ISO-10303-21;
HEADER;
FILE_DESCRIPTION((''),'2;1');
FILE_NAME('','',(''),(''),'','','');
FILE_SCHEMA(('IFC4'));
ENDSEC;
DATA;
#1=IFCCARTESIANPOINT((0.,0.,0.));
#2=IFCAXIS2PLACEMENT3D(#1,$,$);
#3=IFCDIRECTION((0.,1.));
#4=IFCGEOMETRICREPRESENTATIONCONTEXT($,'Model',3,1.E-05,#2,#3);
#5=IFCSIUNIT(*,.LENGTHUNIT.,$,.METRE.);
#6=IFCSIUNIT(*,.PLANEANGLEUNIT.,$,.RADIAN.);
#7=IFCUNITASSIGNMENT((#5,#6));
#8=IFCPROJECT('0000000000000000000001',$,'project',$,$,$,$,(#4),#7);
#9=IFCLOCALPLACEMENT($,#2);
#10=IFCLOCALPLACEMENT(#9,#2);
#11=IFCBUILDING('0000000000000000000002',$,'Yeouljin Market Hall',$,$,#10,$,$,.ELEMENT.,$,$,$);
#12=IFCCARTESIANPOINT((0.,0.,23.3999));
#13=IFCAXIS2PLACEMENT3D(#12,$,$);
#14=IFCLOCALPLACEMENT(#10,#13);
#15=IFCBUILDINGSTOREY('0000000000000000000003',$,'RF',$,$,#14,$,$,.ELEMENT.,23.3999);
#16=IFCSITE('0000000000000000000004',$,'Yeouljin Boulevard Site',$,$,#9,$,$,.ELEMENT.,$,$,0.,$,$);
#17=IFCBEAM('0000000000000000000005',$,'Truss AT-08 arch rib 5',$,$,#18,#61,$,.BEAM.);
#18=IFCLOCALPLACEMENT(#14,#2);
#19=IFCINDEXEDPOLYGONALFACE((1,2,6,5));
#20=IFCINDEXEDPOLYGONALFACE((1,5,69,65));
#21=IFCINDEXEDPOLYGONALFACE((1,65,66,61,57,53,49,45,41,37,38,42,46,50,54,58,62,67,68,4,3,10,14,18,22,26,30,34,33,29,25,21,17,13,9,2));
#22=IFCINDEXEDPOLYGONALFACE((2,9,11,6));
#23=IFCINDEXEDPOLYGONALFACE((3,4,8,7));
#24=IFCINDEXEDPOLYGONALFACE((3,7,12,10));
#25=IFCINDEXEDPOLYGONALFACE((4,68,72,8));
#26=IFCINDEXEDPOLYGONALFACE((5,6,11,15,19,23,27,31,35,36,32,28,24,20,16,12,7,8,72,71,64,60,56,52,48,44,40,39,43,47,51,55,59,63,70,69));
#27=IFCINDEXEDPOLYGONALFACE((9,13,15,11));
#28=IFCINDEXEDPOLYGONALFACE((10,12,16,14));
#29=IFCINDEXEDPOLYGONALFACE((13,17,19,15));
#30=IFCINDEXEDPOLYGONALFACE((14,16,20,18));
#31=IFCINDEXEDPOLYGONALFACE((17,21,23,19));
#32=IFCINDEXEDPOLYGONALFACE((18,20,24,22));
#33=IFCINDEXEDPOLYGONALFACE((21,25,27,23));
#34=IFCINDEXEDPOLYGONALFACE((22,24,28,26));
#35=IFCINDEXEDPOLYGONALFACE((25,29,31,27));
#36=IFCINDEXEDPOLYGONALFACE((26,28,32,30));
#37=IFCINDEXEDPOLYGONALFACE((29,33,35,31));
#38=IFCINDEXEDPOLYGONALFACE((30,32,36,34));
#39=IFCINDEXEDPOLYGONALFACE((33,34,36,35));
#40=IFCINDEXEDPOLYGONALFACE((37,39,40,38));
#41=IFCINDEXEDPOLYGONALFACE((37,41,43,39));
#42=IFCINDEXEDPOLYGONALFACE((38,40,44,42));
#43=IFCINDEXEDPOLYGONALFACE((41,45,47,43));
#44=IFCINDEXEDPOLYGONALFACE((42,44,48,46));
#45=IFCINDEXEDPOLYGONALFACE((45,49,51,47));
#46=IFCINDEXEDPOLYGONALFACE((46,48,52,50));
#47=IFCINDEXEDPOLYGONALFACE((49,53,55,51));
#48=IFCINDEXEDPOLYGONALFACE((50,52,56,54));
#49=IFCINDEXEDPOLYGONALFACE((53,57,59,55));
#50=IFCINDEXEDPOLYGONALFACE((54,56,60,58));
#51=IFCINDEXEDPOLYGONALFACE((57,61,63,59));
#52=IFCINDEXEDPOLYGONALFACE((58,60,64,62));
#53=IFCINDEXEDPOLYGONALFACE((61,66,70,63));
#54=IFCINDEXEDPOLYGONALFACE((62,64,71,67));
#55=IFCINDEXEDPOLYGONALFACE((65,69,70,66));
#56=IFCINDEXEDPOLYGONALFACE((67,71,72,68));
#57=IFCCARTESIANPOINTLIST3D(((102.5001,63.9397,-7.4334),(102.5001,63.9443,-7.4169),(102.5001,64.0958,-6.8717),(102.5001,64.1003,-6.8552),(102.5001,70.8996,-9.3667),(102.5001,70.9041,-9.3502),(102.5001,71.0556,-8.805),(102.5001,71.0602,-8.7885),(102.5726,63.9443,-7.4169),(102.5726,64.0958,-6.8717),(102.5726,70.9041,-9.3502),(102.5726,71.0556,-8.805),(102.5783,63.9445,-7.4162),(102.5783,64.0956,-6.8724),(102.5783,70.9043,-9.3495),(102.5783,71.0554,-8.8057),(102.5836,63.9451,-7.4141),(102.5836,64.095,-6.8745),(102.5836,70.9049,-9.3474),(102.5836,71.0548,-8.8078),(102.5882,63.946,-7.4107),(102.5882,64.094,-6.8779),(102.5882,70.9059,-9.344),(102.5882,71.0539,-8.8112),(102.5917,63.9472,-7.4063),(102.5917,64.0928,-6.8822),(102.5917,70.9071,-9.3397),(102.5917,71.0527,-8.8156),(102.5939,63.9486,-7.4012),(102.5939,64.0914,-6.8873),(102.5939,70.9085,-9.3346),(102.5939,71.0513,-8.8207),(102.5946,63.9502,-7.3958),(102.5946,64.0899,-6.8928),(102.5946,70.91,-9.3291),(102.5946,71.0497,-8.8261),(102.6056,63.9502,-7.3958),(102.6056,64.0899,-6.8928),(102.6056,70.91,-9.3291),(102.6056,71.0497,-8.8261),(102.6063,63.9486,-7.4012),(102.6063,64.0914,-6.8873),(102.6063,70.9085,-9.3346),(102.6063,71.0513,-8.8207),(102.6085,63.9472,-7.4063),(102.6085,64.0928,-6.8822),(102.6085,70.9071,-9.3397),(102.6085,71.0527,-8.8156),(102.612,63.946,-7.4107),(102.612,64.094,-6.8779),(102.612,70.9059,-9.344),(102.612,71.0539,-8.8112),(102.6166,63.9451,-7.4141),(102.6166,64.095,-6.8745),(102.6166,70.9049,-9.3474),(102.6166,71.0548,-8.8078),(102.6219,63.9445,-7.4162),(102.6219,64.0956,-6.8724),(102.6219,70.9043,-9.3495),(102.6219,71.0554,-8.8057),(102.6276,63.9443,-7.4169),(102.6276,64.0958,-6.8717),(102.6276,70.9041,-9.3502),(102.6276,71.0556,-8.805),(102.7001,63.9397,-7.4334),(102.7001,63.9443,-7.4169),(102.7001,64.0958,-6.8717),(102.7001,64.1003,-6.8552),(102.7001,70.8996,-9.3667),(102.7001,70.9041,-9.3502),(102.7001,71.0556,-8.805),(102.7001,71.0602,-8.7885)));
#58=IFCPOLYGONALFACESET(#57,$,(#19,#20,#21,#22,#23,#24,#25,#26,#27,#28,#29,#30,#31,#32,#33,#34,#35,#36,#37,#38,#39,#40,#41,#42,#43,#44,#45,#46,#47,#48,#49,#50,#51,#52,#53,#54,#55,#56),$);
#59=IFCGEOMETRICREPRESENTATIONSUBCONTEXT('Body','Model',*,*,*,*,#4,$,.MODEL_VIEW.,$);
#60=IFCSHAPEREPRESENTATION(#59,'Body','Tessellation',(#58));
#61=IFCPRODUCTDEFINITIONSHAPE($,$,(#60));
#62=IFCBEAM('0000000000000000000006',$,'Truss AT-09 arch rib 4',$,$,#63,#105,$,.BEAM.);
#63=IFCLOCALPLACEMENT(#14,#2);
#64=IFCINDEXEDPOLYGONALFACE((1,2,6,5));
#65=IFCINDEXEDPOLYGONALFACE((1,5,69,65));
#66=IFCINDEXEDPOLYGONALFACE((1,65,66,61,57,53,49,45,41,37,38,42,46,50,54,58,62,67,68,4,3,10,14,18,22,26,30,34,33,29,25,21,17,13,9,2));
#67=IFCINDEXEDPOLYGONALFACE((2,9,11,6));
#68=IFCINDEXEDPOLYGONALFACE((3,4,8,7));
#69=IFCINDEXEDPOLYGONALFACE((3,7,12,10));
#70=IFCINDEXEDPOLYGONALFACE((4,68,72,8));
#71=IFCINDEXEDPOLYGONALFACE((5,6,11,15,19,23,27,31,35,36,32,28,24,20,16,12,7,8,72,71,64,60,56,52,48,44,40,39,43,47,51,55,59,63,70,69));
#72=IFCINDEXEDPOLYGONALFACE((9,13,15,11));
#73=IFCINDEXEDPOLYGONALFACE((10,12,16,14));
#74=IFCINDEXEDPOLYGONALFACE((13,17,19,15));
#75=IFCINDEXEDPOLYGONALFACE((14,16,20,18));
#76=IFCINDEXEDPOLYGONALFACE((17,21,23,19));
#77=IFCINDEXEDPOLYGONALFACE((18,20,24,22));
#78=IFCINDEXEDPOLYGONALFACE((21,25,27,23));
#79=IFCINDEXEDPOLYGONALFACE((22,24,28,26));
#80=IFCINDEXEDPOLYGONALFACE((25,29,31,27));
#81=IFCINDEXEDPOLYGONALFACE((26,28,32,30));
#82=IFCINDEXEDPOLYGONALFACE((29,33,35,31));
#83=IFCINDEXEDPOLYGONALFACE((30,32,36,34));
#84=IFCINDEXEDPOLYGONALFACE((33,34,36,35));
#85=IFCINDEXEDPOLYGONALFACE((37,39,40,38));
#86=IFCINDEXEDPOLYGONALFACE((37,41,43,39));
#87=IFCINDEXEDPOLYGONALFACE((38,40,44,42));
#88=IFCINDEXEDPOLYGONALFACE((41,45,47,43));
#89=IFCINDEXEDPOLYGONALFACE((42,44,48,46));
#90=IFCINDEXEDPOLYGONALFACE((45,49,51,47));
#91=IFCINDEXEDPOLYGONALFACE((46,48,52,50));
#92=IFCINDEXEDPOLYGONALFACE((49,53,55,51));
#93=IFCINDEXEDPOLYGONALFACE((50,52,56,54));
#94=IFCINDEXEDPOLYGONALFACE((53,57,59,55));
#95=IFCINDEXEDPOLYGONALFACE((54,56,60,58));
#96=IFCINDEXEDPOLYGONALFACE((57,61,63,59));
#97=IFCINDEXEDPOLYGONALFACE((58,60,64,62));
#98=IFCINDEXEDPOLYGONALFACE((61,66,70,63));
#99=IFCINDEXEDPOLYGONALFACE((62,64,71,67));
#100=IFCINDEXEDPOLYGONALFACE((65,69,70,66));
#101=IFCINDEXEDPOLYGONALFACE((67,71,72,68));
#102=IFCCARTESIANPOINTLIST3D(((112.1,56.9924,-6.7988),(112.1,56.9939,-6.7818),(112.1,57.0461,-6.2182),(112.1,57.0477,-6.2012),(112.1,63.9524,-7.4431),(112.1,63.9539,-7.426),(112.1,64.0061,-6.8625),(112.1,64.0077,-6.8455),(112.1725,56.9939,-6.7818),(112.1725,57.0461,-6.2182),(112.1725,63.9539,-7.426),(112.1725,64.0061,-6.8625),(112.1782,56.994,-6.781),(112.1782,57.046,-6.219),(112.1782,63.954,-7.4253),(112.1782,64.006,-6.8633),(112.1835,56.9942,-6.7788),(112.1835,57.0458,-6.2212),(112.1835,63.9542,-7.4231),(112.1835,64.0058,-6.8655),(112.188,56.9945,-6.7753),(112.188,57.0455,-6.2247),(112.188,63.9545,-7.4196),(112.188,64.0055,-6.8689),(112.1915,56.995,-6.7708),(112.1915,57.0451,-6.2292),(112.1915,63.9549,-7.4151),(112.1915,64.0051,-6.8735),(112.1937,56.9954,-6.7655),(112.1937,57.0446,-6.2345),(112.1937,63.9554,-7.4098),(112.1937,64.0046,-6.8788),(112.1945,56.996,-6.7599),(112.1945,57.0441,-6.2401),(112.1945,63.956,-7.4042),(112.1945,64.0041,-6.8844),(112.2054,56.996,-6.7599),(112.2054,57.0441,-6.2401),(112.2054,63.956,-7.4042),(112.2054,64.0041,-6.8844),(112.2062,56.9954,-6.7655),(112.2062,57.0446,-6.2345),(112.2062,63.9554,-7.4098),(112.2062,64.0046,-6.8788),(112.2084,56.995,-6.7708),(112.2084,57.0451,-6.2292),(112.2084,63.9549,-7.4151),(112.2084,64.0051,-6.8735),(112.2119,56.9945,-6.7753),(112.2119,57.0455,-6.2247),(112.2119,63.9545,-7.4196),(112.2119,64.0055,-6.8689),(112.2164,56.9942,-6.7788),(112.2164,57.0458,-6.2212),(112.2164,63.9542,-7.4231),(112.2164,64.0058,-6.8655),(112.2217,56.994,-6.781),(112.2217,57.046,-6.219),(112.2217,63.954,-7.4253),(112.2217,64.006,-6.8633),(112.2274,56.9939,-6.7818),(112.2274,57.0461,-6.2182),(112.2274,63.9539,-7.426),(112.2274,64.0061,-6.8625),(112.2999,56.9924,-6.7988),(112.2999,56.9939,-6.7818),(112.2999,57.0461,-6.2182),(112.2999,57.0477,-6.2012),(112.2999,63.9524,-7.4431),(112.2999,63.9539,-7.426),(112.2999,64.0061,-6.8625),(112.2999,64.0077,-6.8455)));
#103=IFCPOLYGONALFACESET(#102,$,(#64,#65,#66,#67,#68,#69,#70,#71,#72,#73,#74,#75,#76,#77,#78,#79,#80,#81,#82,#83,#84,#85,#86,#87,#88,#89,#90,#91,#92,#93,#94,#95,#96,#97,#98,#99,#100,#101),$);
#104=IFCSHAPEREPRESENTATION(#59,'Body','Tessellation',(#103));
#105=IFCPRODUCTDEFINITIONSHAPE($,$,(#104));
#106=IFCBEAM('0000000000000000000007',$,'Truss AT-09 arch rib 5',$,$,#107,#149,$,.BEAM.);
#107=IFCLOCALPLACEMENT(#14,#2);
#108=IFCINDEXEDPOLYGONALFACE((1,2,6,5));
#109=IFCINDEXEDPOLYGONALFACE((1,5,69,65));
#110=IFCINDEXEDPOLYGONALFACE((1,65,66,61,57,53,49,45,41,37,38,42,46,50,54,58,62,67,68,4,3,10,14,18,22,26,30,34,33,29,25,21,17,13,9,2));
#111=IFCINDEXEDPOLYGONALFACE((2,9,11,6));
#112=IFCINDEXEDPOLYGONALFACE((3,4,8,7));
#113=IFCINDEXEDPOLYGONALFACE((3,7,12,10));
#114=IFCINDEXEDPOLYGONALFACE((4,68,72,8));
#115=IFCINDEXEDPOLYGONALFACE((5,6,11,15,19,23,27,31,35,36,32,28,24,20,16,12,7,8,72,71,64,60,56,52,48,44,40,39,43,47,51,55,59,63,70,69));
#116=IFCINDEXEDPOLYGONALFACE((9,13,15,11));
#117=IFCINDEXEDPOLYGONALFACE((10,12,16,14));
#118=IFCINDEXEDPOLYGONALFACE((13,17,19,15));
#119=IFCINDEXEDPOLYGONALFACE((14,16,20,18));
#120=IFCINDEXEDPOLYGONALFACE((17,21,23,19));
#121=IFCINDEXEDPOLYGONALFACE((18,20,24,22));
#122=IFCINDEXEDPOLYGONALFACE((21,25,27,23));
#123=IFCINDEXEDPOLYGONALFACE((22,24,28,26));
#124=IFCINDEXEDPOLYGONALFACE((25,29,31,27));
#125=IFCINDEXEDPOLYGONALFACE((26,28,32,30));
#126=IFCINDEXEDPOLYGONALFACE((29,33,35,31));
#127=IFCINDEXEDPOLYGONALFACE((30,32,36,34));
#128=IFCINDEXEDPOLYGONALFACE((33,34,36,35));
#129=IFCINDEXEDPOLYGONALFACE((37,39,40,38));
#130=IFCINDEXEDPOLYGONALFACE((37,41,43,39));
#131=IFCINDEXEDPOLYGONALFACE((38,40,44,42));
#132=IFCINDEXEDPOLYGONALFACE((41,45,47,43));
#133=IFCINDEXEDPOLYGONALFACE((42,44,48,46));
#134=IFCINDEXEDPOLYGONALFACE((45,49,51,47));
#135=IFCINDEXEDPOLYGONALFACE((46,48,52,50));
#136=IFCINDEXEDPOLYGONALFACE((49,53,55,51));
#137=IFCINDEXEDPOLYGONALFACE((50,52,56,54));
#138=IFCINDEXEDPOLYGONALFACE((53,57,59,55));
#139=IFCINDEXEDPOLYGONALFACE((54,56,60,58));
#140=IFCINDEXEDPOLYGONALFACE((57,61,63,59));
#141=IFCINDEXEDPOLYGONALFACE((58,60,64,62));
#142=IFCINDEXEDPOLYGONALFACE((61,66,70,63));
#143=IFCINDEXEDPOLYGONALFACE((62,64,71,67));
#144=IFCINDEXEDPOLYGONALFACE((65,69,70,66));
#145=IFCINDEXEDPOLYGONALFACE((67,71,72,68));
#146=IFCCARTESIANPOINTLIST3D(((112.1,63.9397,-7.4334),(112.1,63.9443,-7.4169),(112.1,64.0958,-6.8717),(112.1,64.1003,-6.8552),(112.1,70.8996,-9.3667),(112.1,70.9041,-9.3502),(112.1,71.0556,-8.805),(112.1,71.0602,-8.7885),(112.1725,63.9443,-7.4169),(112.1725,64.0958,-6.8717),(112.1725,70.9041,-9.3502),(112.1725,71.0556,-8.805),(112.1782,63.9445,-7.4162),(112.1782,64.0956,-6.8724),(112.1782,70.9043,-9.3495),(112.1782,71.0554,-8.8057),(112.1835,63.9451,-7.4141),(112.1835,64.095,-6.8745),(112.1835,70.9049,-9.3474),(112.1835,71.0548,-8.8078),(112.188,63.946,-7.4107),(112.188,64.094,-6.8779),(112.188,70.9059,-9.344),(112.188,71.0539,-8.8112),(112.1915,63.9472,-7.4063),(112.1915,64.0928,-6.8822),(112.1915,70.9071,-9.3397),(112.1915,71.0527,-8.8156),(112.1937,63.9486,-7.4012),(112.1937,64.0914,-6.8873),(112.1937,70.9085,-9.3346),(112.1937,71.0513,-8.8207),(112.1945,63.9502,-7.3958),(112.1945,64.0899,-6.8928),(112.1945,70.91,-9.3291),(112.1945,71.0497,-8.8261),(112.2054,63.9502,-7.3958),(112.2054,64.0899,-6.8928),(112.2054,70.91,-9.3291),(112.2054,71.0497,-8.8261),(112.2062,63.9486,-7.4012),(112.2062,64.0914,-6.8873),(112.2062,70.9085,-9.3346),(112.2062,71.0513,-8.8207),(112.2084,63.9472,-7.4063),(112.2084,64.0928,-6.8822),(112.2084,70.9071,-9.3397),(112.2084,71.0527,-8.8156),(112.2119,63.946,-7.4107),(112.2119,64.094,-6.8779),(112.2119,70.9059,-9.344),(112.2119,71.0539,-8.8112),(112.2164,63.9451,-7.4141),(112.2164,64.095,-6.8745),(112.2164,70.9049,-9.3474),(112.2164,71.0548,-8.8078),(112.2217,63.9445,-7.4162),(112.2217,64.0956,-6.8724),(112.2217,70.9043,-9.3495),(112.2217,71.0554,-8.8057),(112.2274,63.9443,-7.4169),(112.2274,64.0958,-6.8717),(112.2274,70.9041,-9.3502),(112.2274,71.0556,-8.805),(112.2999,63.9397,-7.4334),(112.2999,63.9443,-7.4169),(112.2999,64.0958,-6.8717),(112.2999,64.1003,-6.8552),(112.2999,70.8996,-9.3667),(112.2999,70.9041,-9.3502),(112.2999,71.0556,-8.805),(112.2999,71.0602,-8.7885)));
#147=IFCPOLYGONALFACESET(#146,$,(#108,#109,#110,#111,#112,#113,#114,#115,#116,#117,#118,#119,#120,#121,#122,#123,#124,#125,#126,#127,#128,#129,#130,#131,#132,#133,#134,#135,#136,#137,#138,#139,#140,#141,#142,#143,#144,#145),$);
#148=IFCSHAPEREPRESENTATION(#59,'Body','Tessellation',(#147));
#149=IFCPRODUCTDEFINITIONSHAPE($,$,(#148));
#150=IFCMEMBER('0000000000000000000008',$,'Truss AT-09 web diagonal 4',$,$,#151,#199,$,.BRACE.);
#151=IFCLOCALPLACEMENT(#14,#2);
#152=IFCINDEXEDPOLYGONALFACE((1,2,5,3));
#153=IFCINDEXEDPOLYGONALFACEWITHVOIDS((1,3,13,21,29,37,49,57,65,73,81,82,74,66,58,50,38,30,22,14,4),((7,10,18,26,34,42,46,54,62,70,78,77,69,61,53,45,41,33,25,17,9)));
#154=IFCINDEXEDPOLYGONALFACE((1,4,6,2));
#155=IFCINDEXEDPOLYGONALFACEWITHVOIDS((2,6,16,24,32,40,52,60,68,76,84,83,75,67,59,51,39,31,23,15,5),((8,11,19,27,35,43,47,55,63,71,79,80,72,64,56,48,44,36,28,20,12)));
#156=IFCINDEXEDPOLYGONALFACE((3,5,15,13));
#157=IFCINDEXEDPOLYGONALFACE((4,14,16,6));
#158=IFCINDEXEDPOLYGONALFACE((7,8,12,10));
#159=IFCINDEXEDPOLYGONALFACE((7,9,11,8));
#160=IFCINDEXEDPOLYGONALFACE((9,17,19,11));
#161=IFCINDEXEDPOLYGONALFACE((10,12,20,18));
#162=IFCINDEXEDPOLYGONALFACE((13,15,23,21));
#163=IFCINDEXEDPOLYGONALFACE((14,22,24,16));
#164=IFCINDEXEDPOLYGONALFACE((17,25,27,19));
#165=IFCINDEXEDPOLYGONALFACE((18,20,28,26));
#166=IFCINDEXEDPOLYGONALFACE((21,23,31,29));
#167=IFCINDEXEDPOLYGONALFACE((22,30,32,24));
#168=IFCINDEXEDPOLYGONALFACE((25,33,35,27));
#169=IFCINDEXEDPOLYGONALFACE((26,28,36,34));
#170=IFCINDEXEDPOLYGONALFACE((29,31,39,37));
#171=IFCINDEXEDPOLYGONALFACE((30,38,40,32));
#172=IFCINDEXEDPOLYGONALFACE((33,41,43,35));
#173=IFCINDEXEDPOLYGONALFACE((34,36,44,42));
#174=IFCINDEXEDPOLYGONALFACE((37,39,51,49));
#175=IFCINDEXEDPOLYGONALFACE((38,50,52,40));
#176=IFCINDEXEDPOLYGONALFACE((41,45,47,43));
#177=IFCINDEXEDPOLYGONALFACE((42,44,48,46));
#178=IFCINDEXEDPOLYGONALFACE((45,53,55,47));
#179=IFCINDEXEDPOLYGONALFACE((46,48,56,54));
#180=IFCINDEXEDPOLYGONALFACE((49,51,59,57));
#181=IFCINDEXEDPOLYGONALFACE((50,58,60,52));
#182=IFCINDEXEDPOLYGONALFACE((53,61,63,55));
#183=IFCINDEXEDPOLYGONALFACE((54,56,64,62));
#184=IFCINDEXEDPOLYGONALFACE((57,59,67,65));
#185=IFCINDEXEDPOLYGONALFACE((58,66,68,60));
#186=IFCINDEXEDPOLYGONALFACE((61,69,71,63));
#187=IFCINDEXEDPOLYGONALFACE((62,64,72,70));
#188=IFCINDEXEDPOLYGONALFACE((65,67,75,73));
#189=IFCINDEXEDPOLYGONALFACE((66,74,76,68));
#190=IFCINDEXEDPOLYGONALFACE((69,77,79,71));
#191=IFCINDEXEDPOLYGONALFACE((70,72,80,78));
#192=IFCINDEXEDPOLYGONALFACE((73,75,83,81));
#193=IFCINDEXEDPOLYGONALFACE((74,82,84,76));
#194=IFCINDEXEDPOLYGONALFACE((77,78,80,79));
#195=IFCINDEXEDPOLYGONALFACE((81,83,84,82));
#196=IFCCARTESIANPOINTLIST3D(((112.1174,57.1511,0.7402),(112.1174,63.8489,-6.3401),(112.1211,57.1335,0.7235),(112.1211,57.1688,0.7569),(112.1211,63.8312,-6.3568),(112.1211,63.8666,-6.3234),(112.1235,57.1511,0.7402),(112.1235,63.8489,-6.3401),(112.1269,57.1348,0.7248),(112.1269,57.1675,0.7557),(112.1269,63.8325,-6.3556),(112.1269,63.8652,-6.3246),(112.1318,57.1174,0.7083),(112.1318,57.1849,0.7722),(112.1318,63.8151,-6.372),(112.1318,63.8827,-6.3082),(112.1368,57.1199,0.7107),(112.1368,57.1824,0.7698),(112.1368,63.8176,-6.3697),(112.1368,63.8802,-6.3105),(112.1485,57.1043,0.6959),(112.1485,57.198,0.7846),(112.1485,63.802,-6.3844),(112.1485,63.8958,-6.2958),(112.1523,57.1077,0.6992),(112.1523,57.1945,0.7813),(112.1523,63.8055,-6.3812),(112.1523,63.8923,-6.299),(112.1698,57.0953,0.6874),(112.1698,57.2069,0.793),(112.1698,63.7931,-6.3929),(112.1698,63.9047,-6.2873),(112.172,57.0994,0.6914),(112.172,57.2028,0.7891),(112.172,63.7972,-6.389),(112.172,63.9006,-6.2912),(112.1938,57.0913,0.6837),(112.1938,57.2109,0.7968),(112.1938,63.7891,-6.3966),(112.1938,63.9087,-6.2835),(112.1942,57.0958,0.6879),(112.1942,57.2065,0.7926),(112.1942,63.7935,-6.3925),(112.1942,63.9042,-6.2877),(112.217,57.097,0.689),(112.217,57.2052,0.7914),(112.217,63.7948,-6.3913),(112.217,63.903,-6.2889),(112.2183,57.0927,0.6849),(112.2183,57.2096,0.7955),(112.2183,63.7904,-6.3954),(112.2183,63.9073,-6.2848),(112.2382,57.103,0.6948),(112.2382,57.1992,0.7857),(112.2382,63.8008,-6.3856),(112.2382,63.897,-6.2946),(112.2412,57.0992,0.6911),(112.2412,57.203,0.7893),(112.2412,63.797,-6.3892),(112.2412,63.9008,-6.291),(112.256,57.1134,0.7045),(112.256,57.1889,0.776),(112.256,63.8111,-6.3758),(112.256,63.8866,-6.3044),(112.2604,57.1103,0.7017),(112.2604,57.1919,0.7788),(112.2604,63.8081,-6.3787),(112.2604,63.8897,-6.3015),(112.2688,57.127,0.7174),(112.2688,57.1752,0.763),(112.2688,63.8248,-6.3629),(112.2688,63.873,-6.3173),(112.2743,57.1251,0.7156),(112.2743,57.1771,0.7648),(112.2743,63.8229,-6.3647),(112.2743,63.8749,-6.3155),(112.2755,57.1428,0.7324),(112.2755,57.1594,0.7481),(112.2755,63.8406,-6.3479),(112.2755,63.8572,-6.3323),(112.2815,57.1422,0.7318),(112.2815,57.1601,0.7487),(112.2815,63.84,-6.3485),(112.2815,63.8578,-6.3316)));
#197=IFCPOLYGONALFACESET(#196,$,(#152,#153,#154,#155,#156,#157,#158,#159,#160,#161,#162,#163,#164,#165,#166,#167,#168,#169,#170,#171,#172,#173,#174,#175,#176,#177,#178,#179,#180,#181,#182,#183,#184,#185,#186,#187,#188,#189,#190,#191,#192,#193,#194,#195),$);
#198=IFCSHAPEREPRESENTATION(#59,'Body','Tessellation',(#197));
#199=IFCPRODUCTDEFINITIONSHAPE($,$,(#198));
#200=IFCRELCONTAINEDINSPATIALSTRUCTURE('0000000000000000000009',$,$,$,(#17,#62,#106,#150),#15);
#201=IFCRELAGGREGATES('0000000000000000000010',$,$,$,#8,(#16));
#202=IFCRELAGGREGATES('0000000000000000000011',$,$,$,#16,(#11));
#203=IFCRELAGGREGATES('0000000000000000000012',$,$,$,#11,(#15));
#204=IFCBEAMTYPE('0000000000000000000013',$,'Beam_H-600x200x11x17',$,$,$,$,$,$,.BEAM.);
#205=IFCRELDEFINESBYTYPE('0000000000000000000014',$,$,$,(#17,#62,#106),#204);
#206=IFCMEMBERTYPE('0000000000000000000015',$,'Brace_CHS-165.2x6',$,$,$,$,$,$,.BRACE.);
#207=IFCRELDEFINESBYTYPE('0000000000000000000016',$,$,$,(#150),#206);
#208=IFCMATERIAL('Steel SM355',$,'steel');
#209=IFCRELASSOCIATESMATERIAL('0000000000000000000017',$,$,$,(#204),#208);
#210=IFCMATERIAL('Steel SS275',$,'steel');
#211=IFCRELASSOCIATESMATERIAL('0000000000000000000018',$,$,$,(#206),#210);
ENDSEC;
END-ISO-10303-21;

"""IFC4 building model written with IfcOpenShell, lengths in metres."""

from ifc_helpers import new_model, si_unit, direction, frame, origin, origin_2d, place, context, subcontext, project, spatial, hollow_circle, i_section, extrude, material, material_profile, profile_set, type_object, element, save


model = new_model("IFC4")

# Units and contexts
model_context = context("Model", 3, precision=1e-05, world=origin(), true_north=direction((0.0, 1.0)))
body_context = subcontext(model_context, "Body", "Model", "MODEL_VIEW")
ifc_project = project(units=[si_unit("LENGTHUNIT", "METRE"), si_unit("PLANEANGLEUNIT", "RADIAN")], contexts=[model_context])

# Site, building, storey
site_placement = place(None, origin())
site = spatial("IfcSite", under=ifc_project, at=site_placement, Name="Yeouljin Boulevard Site", CompositionType="ELEMENT", RefElevation=0.0)
building_placement = place(site_placement, origin())
building = spatial("IfcBuilding", under=site, at=building_placement, Name="Yeouljin Market Hall", CompositionType="ELEMENT")
storey_placement = place(building_placement, frame((0.0, 0.0, 23.3999)))
storey = spatial("IfcBuildingStorey", under=building, at=storey_placement, Name="RF", CompositionType="ELEMENT", Elevation=23.3999)

# Beams
ifc_material_1 = material(Name="Steel SM355", Category="steel")
ifc_material_profile_1 = material_profile(ifc_material_1, i_section(OverallWidth=0.2, OverallDepth=0.6001, WebThickness=0.011, FlangeThickness=0.0171, FilletRadius=0.022, at=origin_2d()), Name="H-600x200x11x17")
ifc_profile_set_1 = profile_set([ifc_material_profile_1], Name="Steel SM355")
beam_type = type_object("IfcBeamType", Name="Beam_H-600x200x11x17", PredefinedType="BEAM", material=ifc_profile_set_1)
beam_1_placement = place(storey_placement, frame((102.6001, 64.02, -7.1443), z_axis=(0.0, 0.963517, -0.267647), x_axis=(-1.0, 0.0, 0.0)))
element("IfcBeam", 1, at=beam_1_placement, inside=storey, type_object=beam_type, Name="Truss AT-08 arch rib 5", PredefinedType="BEAM", context=body_context, shape_type="SweptSolid", body=[
    extrude(i_section(OverallWidth=0.2, OverallDepth=0.6001, WebThickness=0.011, FlangeThickness=0.0171, FilletRadius=0.022, at=origin_2d()), origin(), (0.0, 0.0, 1.0), 7.2234),
])
beam_2_placement = place(storey_placement, frame((112.2, 57.02, -6.5), z_axis=(0.0, 0.995743, -0.092176), x_axis=(-1.0, 0.0, 0.0)))
element("IfcBeam", 2, at=beam_2_placement, inside=storey, type_object=beam_type, Name="Truss AT-09 arch rib 4", PredefinedType="BEAM", context=body_context, shape_type="SweptSolid", body=[
    extrude(i_section(OverallWidth=0.2, OverallDepth=0.6001, WebThickness=0.011, FlangeThickness=0.0171, FilletRadius=0.022, at=origin_2d()), origin(), (0.0, 0.0, 1.0), 6.9897),
])
beam_3_placement = place(storey_placement, frame((112.2, 64.02, -7.1443), z_axis=(0.0, 0.963517, -0.267647), x_axis=(-1.0, 0.0, 0.0)))
element("IfcBeam", 3, at=beam_3_placement, inside=storey, type_object=beam_type, Name="Truss AT-09 arch rib 5", PredefinedType="BEAM", context=body_context, shape_type="SweptSolid", body=[
    extrude(i_section(OverallWidth=0.2, OverallDepth=0.6001, WebThickness=0.011, FlangeThickness=0.0171, FilletRadius=0.022, at=origin_2d()), origin(), (0.0, 0.0, 1.0), 7.2234),
])

# Member
ifc_material_2 = material(Name="Steel SS275", Category="steel")
ifc_material_profile_2 = material_profile(ifc_material_2, hollow_circle(Radius=0.0825, WallThickness=0.0061, at=origin_2d()), Name="CHS-165.2x6")
ifc_profile_set_2 = profile_set([ifc_material_profile_2], Name="Steel SS275")
member_type_1 = type_object("IfcMemberType", Name="Brace_CHS-165.2x6", PredefinedType="BRACE", material=ifc_profile_set_2)
member_1_placement = place(storey_placement, frame((112.2, 57.1511, 0.7402), z_axis=(0.0, 0.687208, -0.726461), x_axis=(-1.0, 0.0, 0.0)))
element("IfcMember", 4, at=member_1_placement, inside=storey, type_object=member_type_1, Name="Truss AT-09 web diagonal 4", PredefinedType="BRACE", context=body_context, shape_type="SweptSolid", body=[
    extrude(hollow_circle(Radius=0.0825, WallThickness=0.0061, at=origin_2d()), origin(), (0.0, 0.0, 1.0), 9.7463),
])

save(model, "model.ifc")
